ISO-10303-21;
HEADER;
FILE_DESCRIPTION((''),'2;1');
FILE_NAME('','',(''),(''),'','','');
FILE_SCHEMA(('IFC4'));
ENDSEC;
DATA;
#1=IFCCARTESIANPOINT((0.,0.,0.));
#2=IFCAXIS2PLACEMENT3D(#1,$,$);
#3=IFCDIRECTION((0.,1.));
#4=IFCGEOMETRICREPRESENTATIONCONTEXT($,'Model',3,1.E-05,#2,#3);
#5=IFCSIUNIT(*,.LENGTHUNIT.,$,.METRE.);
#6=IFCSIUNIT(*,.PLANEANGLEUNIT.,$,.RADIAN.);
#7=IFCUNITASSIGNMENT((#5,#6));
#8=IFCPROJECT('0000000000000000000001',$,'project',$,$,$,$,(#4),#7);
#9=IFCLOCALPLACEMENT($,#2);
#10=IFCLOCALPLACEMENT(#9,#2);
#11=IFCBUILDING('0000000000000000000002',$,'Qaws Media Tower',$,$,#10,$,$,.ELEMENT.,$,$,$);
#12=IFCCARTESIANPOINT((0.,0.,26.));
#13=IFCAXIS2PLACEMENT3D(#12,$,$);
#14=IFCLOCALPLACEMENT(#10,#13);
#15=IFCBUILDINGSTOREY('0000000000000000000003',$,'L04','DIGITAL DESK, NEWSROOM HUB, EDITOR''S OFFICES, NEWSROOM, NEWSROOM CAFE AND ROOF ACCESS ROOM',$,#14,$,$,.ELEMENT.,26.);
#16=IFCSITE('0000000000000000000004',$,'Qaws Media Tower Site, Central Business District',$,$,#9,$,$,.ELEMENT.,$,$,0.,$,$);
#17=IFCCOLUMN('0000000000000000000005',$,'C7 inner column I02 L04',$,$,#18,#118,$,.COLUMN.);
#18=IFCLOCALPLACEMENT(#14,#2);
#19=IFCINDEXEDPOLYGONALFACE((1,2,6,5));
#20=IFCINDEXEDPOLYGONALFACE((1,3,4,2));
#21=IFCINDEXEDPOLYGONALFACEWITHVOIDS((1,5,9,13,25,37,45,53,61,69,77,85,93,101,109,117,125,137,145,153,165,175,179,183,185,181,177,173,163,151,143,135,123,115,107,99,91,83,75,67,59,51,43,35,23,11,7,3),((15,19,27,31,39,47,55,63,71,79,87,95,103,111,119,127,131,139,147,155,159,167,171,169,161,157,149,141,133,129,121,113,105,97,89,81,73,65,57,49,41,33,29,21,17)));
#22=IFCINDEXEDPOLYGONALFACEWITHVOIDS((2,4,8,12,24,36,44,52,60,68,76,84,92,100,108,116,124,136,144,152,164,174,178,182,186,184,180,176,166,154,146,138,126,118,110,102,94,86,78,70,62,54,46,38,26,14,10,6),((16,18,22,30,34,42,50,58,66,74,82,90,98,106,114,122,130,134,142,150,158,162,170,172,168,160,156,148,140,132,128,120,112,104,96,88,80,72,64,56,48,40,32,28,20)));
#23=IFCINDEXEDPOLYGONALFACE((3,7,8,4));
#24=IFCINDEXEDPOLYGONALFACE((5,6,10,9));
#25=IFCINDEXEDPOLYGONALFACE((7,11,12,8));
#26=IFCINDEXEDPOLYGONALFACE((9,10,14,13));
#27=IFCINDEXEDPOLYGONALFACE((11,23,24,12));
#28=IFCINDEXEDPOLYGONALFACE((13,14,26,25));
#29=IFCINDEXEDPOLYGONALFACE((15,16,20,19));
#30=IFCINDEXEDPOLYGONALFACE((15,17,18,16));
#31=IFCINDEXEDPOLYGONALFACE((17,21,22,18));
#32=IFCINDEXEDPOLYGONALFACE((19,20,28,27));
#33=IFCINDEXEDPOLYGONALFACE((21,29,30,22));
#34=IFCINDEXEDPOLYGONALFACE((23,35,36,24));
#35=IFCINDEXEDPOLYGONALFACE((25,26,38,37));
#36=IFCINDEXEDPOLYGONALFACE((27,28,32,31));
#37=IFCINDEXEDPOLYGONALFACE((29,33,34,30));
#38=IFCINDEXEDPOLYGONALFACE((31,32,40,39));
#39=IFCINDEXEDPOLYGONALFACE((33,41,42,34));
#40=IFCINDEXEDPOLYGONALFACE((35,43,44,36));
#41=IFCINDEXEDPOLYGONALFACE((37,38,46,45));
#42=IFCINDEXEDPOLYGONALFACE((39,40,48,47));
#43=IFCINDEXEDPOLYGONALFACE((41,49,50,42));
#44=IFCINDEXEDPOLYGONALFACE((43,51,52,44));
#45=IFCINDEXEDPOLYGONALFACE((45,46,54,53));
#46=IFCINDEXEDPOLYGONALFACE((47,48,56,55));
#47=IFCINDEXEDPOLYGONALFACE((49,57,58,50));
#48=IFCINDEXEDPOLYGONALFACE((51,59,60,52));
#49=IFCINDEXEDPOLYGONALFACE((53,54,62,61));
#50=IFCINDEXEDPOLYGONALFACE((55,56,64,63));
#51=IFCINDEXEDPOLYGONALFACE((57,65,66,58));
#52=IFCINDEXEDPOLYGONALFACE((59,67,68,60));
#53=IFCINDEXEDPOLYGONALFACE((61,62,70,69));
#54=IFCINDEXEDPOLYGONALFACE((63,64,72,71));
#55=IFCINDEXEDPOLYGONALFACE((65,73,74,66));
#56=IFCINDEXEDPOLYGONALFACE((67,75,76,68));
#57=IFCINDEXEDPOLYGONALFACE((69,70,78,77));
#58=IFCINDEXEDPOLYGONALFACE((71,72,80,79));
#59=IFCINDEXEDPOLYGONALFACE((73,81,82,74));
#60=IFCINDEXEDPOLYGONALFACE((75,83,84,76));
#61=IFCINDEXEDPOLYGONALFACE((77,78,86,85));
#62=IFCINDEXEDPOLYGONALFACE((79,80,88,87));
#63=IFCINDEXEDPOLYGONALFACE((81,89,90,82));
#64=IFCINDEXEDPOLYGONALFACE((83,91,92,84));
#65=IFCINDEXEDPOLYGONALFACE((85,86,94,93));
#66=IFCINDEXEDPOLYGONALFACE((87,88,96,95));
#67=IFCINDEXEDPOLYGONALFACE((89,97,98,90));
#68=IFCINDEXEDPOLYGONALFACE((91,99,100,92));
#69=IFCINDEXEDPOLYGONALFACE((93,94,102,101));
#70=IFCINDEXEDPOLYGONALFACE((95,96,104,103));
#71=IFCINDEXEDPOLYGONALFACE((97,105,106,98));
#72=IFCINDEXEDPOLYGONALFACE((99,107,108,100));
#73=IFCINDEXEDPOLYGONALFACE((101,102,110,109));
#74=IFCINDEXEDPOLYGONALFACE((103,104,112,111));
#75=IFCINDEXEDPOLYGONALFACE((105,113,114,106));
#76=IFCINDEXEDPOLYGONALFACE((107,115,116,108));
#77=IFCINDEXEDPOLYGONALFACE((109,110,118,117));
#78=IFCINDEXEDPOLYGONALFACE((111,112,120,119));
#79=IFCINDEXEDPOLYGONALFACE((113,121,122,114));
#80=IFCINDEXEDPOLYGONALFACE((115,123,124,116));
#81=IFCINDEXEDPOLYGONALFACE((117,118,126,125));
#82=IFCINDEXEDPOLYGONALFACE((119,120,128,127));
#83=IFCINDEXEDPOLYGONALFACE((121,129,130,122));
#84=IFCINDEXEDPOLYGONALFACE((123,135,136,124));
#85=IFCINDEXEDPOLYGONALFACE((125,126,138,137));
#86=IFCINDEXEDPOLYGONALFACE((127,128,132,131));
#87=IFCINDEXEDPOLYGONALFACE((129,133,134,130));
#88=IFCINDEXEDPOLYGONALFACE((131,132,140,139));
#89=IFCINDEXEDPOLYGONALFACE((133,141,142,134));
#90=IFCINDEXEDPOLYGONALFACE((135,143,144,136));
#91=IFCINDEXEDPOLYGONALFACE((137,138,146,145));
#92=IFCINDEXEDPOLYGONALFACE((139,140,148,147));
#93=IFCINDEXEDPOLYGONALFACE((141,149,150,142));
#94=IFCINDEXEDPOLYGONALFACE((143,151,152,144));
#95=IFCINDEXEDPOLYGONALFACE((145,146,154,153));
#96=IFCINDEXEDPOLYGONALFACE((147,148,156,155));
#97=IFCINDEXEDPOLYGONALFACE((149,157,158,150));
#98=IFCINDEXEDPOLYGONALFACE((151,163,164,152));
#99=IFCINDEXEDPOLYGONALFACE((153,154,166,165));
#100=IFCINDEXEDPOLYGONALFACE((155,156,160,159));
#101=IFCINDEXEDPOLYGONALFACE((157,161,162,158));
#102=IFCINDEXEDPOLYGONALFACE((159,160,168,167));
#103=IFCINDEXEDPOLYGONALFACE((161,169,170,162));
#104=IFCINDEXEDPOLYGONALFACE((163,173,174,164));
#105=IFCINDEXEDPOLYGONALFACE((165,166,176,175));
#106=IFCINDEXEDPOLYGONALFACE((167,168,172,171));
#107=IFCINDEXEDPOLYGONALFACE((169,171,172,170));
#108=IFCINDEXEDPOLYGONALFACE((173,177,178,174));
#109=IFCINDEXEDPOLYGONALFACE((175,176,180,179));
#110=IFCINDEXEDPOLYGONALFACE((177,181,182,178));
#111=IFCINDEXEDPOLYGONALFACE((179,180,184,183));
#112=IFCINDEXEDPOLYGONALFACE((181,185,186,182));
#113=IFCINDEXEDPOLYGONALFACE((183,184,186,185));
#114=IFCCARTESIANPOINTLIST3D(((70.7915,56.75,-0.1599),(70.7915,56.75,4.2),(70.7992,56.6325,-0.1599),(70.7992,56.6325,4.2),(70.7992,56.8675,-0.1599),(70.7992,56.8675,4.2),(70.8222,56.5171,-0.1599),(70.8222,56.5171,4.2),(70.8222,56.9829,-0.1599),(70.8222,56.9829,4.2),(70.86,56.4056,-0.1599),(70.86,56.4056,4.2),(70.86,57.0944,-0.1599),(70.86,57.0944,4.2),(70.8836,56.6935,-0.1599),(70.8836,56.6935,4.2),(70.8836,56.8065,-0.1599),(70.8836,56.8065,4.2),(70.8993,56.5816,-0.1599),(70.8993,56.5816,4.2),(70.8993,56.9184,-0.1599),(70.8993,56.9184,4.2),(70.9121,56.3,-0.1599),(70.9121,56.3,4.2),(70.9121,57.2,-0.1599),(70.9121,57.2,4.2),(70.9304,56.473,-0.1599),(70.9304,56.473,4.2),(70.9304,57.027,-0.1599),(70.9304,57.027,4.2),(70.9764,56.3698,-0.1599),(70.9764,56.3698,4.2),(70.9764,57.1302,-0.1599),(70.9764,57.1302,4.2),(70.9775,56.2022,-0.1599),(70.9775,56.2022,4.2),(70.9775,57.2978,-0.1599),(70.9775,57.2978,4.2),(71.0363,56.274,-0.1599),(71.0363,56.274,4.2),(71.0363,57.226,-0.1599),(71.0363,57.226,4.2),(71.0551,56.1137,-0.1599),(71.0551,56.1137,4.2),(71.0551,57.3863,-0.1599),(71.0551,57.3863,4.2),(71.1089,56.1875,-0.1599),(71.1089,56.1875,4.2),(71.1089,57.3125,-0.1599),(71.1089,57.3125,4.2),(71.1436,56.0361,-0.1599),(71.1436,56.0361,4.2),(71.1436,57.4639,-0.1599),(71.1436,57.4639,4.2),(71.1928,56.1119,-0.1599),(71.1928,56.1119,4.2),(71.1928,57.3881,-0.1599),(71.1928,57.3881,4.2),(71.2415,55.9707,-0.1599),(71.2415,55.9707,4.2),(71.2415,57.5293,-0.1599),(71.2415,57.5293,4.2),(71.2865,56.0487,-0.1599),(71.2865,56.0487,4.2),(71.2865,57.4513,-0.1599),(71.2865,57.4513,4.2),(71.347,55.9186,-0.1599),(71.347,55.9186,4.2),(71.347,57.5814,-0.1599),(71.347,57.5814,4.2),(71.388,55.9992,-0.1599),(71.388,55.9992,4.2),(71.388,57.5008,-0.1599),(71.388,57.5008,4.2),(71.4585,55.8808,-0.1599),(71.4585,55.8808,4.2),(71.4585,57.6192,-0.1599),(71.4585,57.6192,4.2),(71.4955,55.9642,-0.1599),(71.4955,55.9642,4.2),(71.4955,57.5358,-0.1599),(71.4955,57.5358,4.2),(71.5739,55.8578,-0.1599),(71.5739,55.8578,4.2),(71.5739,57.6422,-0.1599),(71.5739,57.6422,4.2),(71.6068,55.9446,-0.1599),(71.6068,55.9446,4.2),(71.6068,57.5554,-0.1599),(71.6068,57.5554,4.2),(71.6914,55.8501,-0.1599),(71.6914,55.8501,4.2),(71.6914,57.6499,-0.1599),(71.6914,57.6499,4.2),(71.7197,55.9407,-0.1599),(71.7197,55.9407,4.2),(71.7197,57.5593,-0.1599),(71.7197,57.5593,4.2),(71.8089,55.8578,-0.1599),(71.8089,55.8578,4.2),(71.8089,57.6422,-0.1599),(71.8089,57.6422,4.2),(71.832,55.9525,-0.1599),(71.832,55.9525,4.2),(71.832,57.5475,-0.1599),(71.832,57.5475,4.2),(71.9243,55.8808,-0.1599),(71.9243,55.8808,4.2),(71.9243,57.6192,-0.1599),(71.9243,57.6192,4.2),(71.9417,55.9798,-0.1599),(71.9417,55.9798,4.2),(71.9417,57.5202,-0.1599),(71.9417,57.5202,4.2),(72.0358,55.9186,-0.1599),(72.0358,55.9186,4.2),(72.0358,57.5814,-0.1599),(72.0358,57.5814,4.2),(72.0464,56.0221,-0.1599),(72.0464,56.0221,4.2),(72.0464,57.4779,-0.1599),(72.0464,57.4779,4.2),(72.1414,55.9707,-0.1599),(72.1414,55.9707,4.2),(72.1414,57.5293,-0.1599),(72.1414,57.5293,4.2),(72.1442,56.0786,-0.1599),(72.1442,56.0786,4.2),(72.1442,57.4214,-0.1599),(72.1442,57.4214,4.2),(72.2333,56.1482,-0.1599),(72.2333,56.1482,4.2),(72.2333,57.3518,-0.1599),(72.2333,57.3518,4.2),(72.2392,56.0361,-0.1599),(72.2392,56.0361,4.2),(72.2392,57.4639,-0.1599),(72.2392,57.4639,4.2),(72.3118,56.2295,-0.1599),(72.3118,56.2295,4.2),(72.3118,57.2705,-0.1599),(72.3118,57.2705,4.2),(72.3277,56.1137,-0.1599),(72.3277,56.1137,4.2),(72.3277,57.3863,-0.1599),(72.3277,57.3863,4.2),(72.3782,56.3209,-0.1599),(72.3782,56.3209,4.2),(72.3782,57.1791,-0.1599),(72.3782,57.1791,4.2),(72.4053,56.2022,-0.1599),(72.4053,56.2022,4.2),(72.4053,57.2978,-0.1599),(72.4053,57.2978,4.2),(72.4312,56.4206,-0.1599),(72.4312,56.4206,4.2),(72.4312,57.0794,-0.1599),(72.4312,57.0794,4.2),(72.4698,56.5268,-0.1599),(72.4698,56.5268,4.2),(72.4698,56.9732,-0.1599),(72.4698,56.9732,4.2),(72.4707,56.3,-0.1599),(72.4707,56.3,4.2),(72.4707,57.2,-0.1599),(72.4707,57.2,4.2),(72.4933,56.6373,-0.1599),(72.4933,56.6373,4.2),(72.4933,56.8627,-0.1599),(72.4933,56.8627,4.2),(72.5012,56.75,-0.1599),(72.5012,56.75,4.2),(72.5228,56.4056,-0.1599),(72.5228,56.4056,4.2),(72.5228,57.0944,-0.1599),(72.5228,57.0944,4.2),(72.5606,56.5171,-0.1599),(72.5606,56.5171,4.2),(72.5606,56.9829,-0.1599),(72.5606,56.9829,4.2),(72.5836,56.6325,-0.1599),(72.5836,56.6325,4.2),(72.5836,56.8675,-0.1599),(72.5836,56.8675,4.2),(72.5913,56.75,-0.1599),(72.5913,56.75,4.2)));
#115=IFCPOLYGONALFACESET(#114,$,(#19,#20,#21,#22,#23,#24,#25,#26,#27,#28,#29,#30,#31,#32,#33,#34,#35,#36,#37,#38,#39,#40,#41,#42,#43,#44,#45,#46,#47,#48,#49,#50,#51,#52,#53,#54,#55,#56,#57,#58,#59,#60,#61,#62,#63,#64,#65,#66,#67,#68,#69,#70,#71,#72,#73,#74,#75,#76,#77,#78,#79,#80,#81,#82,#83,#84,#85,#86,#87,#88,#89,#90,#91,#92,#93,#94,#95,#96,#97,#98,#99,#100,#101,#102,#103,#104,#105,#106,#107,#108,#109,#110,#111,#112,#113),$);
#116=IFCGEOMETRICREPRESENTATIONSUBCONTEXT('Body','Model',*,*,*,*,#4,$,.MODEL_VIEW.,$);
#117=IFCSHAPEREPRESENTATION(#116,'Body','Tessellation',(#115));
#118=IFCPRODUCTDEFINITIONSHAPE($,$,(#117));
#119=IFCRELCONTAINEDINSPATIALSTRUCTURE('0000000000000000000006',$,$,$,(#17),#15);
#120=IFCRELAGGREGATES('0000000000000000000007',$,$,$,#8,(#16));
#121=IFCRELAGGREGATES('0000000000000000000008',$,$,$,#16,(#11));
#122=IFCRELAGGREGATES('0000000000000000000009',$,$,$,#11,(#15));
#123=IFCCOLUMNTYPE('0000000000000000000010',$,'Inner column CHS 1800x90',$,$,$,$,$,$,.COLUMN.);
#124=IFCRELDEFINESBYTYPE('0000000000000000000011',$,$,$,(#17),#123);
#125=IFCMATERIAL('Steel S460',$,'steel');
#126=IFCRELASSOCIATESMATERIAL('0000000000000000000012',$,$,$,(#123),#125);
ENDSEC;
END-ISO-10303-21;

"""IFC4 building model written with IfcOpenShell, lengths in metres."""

from ifc_helpers import new_model, si_unit, direction, frame, origin, origin_2d, place, context, subcontext, project, spatial, hollow_circle, extrude, material, material_profile, profile_set, type_object, element, save


model = new_model("IFC4")

# Units and contexts
model_context = context("Model", 3, precision=1e-05, world=origin(), true_north=direction((0.0, 1.0)))
body_context = subcontext(model_context, "Body", "Model", "MODEL_VIEW")
ifc_project = project(units=[si_unit("LENGTHUNIT", "METRE"), si_unit("PLANEANGLEUNIT", "RADIAN")], contexts=[model_context])

# Site, building, storey
site_placement = place(None, origin())
site = spatial("IfcSite", under=ifc_project, at=site_placement, Name="Qaws Media Tower Site, Central Business District", CompositionType="ELEMENT", RefElevation=0.0)
building_placement = place(site_placement, origin())
building = spatial("IfcBuilding", under=site, at=building_placement, Name="Qaws Media Tower", CompositionType="ELEMENT")
storey_placement = place(building_placement, frame((0.0, 0.0, 26.0)))
storey = spatial("IfcBuildingStorey", under=building, at=storey_placement, Name="L04", Description="DIGITAL DESK, NEWSROOM HUB, EDITOR'S OFFICES, NEWSROOM, NEWSROOM CAFE AND ROOF ACCESS ROOM", CompositionType="ELEMENT", Elevation=26.0)

# Column
ifc_material_1 = material(Name="Steel S460", Category="steel")
ifc_material_profile_1 = material_profile(ifc_material_1, hollow_circle(Radius=0.8999, WallThickness=0.0901, at=origin_2d()), Name="CHS 1800x90")
ifc_profile_set_1 = profile_set([ifc_material_profile_1], Name="Steel S460")
column_type = type_object("IfcColumnType", Name="Inner column CHS 1800x90", PredefinedType="COLUMN", material=ifc_profile_set_1)
for number, where, z_axis, x_axis, name in (
    (1, (71.6914, 56.75, -0.1599), (0.0, 0.0, 1.0), (1.0, 0.0, 0.0), "C7 inner column I02 L04"),
):
    element("IfcColumn", number, at=place(storey_placement, frame(where, z_axis=z_axis, x_axis=x_axis)), inside=storey, type_object=column_type, Name=name, PredefinedType="COLUMN", context=body_context, shape_type="SweptSolid", body=[
        extrude(hollow_circle(Radius=0.8999, WallThickness=0.0901, at=origin_2d()), origin(), (0.0, 0.0, 1.0), 4.3599),
    ])

save(model, "model.ifc")
